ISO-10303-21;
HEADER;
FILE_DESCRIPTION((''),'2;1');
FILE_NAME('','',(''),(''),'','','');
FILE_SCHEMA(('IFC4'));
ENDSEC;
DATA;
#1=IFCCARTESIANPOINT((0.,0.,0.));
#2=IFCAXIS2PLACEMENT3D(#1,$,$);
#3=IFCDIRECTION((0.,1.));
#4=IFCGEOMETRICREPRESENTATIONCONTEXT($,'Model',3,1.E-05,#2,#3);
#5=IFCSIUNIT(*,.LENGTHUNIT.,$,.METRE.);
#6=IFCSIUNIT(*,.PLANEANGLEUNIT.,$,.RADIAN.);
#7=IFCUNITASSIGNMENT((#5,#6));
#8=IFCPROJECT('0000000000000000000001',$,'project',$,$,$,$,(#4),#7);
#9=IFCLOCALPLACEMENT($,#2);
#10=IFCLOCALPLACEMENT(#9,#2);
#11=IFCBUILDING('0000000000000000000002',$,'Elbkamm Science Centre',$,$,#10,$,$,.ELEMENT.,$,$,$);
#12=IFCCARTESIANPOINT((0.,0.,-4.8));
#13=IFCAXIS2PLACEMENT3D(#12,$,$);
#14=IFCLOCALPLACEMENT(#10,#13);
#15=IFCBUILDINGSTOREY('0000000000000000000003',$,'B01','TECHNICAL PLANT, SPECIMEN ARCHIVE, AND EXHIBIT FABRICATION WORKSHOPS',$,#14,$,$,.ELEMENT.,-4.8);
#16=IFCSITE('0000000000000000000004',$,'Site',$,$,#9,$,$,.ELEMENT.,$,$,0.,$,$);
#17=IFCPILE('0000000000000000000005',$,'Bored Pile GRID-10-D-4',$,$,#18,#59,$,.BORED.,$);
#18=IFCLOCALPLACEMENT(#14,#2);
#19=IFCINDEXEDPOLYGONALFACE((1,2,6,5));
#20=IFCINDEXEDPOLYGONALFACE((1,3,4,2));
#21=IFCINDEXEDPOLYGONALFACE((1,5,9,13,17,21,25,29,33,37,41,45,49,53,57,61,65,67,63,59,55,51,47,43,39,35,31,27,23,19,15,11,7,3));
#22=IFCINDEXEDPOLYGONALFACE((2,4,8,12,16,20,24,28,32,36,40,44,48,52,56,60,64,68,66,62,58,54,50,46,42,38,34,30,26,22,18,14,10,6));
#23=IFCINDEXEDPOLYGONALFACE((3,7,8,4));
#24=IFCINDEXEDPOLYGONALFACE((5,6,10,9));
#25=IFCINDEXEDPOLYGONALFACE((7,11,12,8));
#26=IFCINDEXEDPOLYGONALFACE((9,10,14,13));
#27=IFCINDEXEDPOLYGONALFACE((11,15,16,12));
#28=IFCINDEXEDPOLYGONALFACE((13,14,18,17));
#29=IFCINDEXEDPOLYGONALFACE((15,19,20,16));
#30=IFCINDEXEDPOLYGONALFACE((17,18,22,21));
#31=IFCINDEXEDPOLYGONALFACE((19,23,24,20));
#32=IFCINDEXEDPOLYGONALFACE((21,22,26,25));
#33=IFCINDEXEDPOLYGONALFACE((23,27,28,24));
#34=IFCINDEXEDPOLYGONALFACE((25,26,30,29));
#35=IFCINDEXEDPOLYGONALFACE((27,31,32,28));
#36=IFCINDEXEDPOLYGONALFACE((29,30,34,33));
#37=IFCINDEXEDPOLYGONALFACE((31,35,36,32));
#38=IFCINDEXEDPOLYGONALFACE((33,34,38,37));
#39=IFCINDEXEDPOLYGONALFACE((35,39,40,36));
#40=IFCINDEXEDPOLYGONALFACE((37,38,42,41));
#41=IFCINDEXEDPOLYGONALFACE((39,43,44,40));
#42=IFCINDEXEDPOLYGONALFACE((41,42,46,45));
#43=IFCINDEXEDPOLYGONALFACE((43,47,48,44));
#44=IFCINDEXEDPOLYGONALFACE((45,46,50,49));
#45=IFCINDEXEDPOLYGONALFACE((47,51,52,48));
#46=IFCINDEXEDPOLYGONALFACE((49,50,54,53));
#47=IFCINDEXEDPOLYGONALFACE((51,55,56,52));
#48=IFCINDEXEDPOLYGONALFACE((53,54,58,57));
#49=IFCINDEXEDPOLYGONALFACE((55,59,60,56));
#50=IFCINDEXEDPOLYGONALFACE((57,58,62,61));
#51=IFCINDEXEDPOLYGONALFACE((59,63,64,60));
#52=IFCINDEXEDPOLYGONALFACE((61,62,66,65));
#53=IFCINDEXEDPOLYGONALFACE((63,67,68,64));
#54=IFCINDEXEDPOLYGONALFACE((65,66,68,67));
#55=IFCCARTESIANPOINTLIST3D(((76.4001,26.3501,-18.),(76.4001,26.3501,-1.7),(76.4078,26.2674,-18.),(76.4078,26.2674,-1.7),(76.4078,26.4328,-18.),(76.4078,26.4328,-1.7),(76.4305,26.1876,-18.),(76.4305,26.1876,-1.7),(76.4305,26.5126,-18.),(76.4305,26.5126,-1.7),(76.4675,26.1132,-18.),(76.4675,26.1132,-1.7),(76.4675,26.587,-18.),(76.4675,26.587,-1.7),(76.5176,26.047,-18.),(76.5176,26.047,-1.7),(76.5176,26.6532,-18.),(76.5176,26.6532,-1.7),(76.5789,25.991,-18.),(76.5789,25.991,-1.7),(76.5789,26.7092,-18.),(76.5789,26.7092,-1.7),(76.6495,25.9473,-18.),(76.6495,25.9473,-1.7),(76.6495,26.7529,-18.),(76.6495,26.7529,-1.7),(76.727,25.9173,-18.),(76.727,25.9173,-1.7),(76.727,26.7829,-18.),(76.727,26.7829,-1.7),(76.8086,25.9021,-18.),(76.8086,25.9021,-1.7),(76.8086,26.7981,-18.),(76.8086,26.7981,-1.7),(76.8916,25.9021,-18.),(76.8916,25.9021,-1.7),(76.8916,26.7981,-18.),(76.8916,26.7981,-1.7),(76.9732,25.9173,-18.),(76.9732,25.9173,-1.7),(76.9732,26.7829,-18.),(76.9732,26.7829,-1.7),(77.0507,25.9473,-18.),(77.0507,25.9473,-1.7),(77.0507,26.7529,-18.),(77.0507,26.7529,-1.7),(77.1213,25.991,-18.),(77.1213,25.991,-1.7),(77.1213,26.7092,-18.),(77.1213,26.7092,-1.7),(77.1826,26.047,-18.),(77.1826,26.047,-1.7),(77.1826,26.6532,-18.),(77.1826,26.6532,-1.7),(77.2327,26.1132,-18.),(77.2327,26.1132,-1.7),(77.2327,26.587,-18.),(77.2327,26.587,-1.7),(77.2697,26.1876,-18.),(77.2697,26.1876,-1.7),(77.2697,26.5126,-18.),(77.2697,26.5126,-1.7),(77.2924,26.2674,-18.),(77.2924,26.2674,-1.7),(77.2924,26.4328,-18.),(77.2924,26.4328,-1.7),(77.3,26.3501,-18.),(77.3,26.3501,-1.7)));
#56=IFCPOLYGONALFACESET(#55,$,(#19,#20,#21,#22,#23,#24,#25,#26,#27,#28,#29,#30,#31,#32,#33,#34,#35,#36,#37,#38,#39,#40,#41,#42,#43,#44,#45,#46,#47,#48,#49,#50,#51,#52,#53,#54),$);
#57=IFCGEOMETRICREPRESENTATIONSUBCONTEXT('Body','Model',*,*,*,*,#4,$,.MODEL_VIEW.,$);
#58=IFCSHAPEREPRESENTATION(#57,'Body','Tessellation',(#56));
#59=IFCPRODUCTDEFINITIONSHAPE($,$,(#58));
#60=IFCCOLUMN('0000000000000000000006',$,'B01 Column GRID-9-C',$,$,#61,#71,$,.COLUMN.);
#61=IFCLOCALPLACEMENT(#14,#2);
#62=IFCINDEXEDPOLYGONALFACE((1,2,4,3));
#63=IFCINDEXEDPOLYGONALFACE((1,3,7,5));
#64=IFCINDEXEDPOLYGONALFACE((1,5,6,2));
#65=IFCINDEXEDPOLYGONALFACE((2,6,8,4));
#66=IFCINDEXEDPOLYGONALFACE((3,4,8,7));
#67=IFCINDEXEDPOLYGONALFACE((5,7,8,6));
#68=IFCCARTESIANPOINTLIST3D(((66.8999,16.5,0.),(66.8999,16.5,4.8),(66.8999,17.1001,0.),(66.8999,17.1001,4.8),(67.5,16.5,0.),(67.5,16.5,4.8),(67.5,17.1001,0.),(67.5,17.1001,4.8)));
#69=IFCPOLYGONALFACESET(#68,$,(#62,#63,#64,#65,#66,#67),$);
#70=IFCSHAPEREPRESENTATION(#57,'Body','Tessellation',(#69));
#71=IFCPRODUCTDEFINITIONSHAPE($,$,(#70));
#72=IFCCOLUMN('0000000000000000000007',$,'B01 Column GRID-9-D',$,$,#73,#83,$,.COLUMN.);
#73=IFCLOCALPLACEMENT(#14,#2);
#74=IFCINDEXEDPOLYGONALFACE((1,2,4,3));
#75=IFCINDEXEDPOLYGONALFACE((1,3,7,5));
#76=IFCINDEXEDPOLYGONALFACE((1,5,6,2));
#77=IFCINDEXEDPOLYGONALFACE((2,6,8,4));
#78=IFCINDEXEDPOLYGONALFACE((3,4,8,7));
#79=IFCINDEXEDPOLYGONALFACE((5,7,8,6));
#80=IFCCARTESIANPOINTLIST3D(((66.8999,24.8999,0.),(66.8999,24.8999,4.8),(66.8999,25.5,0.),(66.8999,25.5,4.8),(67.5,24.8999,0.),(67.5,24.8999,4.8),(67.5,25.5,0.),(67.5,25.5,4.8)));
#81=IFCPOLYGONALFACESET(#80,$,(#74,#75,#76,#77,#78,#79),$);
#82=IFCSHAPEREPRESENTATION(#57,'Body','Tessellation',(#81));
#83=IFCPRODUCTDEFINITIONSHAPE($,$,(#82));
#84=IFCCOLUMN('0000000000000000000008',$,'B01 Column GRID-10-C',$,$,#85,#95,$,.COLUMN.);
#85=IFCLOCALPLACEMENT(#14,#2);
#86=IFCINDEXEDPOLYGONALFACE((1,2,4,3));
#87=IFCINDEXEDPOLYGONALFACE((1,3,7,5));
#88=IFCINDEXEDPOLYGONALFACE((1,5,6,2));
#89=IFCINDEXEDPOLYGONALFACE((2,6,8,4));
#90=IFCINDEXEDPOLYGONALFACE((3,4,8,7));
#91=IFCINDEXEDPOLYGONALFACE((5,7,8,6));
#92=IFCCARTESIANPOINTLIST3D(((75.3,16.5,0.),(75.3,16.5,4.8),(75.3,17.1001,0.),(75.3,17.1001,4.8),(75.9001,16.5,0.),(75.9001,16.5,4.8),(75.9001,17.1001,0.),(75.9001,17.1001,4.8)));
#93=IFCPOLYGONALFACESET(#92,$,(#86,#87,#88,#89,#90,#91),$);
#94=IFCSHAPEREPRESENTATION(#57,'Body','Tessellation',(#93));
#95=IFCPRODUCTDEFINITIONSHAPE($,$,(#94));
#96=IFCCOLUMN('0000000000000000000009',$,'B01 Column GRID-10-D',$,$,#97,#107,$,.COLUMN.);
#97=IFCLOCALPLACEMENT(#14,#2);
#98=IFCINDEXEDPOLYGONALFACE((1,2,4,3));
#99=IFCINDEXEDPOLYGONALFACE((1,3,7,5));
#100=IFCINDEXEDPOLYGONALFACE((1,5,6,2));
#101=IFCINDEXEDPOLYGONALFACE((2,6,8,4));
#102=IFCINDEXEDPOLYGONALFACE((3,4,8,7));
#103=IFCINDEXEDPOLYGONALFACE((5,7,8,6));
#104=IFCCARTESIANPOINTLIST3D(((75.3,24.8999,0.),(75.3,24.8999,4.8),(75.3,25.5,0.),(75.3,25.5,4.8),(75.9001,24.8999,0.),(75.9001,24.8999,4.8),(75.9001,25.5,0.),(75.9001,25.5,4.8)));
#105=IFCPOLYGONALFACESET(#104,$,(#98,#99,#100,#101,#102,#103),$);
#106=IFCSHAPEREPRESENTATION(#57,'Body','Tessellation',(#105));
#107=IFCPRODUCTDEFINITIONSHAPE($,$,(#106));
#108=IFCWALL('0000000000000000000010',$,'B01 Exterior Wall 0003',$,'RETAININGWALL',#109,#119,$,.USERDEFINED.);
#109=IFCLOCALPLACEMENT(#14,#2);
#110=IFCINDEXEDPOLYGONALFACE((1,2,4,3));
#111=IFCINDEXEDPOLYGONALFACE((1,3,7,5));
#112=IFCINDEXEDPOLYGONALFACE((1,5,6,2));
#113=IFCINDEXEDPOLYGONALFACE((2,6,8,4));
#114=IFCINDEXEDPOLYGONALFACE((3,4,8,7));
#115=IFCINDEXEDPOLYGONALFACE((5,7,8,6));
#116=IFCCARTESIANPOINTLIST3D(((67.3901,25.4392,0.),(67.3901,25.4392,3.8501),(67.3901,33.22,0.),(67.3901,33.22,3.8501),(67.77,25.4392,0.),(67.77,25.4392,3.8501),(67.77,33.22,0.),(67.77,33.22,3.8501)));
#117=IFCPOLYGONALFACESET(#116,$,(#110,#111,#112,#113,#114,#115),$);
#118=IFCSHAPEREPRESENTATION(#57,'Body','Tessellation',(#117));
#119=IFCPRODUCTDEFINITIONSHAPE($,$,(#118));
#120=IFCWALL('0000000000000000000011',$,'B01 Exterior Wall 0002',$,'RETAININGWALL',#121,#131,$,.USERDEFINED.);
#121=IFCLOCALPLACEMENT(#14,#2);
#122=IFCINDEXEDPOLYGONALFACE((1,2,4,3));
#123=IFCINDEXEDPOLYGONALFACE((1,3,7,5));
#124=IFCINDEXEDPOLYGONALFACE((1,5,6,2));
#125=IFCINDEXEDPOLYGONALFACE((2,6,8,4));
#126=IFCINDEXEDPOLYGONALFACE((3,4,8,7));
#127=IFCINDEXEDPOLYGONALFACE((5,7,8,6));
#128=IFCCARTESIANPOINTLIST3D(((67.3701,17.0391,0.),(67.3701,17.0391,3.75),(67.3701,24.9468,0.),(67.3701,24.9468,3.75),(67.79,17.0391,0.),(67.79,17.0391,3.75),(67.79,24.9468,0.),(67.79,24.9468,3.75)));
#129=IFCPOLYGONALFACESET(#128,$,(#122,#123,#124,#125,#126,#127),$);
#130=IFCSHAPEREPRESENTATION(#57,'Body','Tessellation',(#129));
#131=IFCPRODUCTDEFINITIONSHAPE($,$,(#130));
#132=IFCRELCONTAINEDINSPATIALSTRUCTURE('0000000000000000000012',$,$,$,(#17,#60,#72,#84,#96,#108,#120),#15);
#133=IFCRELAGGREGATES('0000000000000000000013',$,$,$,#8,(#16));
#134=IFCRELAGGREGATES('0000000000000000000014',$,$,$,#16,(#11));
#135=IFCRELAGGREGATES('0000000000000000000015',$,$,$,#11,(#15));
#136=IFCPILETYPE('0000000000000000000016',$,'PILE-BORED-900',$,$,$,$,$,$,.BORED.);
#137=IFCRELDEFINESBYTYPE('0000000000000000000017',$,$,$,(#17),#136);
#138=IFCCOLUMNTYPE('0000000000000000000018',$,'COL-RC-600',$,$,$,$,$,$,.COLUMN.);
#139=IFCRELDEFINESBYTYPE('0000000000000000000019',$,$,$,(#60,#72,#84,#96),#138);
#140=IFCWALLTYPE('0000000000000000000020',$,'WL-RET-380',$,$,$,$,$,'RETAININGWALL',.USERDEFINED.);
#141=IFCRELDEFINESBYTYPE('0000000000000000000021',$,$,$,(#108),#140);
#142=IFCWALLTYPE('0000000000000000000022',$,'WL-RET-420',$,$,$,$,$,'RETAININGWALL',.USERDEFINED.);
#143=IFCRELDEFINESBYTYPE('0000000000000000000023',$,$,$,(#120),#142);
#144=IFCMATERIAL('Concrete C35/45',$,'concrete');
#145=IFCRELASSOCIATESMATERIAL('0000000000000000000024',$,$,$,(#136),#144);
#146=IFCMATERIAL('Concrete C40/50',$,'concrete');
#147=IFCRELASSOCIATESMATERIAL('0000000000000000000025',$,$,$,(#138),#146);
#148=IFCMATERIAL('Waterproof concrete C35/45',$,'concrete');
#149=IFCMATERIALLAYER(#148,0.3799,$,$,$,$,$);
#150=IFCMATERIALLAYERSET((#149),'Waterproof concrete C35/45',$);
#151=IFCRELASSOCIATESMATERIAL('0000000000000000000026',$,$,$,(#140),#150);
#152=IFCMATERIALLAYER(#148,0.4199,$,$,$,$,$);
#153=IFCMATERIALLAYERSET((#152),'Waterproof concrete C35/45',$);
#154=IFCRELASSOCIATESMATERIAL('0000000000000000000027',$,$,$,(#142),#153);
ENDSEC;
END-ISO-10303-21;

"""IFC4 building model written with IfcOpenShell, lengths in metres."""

from ifc_helpers import new_model, si_unit, direction, frame, frame_2d, origin, origin_2d, place, context, subcontext, project, spatial, rectangle, circle, extrude, material, layer, layer_set, material_profile, profile_set, type_object, element, save


model = new_model("IFC4")

# Units and contexts
model_context = context("Model", 3, precision=1e-05, world=origin(), true_north=direction((0.0, 1.0)))
body_context = subcontext(model_context, "Body", "Model", "MODEL_VIEW")
ifc_project = project(units=[si_unit("LENGTHUNIT", "METRE"), si_unit("PLANEANGLEUNIT", "RADIAN")], contexts=[model_context])

# Site, building, storey
site_placement = place(None, origin())
site = spatial("IfcSite", under=ifc_project, at=site_placement, Name="Site", CompositionType="ELEMENT", RefElevation=0.0)
building_placement = place(site_placement, origin())
building = spatial("IfcBuilding", under=site, at=building_placement, Name="Elbkamm Science Centre", CompositionType="ELEMENT")
storey_placement = place(building_placement, frame((0.0, 0.0, -4.8)))
storey = spatial("IfcBuildingStorey", under=building, at=storey_placement, Name="B01", Description="TECHNICAL PLANT, SPECIMEN ARCHIVE, AND EXHIBIT FABRICATION WORKSHOPS", CompositionType="ELEMENT", Elevation=-4.8)

# Shared definitions
ifc_material_1 = material(Name="Concrete C35/45", Category="concrete")

# Pile
ifc_material_profile_1 = material_profile(ifc_material_1, circle(Radius=0.45, at=origin_2d()), Name="PILE D900")
ifc_profile_set_1 = profile_set([ifc_material_profile_1], Name="Concrete C35/45")
pile_type = type_object("IfcPileType", Name="PILE-BORED-900", PredefinedType="BORED", material=ifc_profile_set_1)
for number, where, z_axis, x_axis, name in (
    (1, (76.8501, 26.3501, -1.7), (0.0, 0.0, -1.0), (1.0, 0.0, 0.0), "Bored Pile GRID-10-D-4"),
):
    element("IfcPile", number, at=place(storey_placement, frame(where, z_axis=z_axis, x_axis=x_axis)), inside=storey, type_object=pile_type, Name=name, PredefinedType="BORED", context=body_context, shape_type="SweptSolid", body=[
        extrude(circle(Radius=0.45, at=origin_2d()), origin(), (0.0, 0.0, 1.0), 16.3),
    ])

# Columns
ifc_material_2 = material(Name="Concrete C40/50", Category="concrete")
ifc_material_profile_2 = material_profile(ifc_material_2, rectangle(XDim=0.6001, YDim=0.6001, at=origin_2d()), Name="RC 600x600")
ifc_profile_set_2 = profile_set([ifc_material_profile_2], Name="Concrete C40/50")
column_type = type_object("IfcColumnType", Name="COL-RC-600", PredefinedType="COLUMN", material=ifc_profile_set_2)
for number, where, z_axis, x_axis, name in (
    (2, (67.2, 16.8, 0.0), (0.0, 0.0, 1.0), (1.0, 0.0, 0.0), "B01 Column GRID-9-C"),
    (3, (67.2, 25.2, 0.0), (0.0, 0.0, 1.0), (1.0, 0.0, 0.0), "B01 Column GRID-9-D"),
    (4, (75.6001, 16.8, 0.0), (0.0, 0.0, 1.0), (1.0, 0.0, 0.0), "B01 Column GRID-10-C"),
    (5, (75.6001, 25.2, 0.0), (0.0, 0.0, 1.0), (1.0, 0.0, 0.0), "B01 Column GRID-10-D"),
):
    element("IfcColumn", number, at=place(storey_placement, frame(where, z_axis=z_axis, x_axis=x_axis)), inside=storey, type_object=column_type, Name=name, PredefinedType="COLUMN", context=body_context, shape_type="SweptSolid", body=[
        extrude(rectangle(XDim=0.6001, YDim=0.6001, at=origin_2d()), origin(), (0.0, 0.0, 1.0), 4.8),
    ])

# Walls
ifc_material_3 = material(Name="Waterproof concrete C35/45", Category="concrete")
ifc_layer_1 = layer(ifc_material_3, 0.3799)
ifc_layer_set_1 = layer_set([ifc_layer_1], Name="Waterproof concrete C35/45")
wall_type_1 = type_object("IfcWallType", Name="WL-RET-380", ElementType="RETAININGWALL", PredefinedType="USERDEFINED", material=ifc_layer_set_1)
wall_1_placement = place(storey_placement, frame((67.5801, 25.4392, 0.0), z_axis=(0.0, 0.0, 1.0), x_axis=(0.0, 1.0, 0.0)))
element("IfcWall", 6, at=wall_1_placement, inside=storey, type_object=wall_type_1, Name="B01 Exterior Wall 0003", ObjectType="RETAININGWALL", PredefinedType="USERDEFINED", context=body_context, shape_type="SweptSolid", body=[
    extrude(rectangle(XDim=7.7808, YDim=0.3799, at=frame_2d((3.8904, 0.0))), origin(), (0.0, 0.0, 1.0), 3.8501),
])
ifc_layer_2 = layer(ifc_material_3, 0.4199)
ifc_layer_set_2 = layer_set([ifc_layer_2], Name="Waterproof concrete C35/45")
wall_type_2 = type_object("IfcWallType", Name="WL-RET-420", ElementType="RETAININGWALL", PredefinedType="USERDEFINED", material=ifc_layer_set_2)
wall_2_placement = place(storey_placement, frame((67.5801, 17.0391, 0.0), z_axis=(0.0, 0.0, 1.0), x_axis=(0.0, 1.0, 0.0)))
element("IfcWall", 7, at=wall_2_placement, inside=storey, type_object=wall_type_2, Name="B01 Exterior Wall 0002", ObjectType="RETAININGWALL", PredefinedType="USERDEFINED", context=body_context, shape_type="SweptSolid", body=[
    extrude(rectangle(XDim=7.9077, YDim=0.4199, at=frame_2d((3.9539, 0.0))), origin(), (0.0, 0.0, 1.0), 3.75),
])

save(model, "model.ifc")
